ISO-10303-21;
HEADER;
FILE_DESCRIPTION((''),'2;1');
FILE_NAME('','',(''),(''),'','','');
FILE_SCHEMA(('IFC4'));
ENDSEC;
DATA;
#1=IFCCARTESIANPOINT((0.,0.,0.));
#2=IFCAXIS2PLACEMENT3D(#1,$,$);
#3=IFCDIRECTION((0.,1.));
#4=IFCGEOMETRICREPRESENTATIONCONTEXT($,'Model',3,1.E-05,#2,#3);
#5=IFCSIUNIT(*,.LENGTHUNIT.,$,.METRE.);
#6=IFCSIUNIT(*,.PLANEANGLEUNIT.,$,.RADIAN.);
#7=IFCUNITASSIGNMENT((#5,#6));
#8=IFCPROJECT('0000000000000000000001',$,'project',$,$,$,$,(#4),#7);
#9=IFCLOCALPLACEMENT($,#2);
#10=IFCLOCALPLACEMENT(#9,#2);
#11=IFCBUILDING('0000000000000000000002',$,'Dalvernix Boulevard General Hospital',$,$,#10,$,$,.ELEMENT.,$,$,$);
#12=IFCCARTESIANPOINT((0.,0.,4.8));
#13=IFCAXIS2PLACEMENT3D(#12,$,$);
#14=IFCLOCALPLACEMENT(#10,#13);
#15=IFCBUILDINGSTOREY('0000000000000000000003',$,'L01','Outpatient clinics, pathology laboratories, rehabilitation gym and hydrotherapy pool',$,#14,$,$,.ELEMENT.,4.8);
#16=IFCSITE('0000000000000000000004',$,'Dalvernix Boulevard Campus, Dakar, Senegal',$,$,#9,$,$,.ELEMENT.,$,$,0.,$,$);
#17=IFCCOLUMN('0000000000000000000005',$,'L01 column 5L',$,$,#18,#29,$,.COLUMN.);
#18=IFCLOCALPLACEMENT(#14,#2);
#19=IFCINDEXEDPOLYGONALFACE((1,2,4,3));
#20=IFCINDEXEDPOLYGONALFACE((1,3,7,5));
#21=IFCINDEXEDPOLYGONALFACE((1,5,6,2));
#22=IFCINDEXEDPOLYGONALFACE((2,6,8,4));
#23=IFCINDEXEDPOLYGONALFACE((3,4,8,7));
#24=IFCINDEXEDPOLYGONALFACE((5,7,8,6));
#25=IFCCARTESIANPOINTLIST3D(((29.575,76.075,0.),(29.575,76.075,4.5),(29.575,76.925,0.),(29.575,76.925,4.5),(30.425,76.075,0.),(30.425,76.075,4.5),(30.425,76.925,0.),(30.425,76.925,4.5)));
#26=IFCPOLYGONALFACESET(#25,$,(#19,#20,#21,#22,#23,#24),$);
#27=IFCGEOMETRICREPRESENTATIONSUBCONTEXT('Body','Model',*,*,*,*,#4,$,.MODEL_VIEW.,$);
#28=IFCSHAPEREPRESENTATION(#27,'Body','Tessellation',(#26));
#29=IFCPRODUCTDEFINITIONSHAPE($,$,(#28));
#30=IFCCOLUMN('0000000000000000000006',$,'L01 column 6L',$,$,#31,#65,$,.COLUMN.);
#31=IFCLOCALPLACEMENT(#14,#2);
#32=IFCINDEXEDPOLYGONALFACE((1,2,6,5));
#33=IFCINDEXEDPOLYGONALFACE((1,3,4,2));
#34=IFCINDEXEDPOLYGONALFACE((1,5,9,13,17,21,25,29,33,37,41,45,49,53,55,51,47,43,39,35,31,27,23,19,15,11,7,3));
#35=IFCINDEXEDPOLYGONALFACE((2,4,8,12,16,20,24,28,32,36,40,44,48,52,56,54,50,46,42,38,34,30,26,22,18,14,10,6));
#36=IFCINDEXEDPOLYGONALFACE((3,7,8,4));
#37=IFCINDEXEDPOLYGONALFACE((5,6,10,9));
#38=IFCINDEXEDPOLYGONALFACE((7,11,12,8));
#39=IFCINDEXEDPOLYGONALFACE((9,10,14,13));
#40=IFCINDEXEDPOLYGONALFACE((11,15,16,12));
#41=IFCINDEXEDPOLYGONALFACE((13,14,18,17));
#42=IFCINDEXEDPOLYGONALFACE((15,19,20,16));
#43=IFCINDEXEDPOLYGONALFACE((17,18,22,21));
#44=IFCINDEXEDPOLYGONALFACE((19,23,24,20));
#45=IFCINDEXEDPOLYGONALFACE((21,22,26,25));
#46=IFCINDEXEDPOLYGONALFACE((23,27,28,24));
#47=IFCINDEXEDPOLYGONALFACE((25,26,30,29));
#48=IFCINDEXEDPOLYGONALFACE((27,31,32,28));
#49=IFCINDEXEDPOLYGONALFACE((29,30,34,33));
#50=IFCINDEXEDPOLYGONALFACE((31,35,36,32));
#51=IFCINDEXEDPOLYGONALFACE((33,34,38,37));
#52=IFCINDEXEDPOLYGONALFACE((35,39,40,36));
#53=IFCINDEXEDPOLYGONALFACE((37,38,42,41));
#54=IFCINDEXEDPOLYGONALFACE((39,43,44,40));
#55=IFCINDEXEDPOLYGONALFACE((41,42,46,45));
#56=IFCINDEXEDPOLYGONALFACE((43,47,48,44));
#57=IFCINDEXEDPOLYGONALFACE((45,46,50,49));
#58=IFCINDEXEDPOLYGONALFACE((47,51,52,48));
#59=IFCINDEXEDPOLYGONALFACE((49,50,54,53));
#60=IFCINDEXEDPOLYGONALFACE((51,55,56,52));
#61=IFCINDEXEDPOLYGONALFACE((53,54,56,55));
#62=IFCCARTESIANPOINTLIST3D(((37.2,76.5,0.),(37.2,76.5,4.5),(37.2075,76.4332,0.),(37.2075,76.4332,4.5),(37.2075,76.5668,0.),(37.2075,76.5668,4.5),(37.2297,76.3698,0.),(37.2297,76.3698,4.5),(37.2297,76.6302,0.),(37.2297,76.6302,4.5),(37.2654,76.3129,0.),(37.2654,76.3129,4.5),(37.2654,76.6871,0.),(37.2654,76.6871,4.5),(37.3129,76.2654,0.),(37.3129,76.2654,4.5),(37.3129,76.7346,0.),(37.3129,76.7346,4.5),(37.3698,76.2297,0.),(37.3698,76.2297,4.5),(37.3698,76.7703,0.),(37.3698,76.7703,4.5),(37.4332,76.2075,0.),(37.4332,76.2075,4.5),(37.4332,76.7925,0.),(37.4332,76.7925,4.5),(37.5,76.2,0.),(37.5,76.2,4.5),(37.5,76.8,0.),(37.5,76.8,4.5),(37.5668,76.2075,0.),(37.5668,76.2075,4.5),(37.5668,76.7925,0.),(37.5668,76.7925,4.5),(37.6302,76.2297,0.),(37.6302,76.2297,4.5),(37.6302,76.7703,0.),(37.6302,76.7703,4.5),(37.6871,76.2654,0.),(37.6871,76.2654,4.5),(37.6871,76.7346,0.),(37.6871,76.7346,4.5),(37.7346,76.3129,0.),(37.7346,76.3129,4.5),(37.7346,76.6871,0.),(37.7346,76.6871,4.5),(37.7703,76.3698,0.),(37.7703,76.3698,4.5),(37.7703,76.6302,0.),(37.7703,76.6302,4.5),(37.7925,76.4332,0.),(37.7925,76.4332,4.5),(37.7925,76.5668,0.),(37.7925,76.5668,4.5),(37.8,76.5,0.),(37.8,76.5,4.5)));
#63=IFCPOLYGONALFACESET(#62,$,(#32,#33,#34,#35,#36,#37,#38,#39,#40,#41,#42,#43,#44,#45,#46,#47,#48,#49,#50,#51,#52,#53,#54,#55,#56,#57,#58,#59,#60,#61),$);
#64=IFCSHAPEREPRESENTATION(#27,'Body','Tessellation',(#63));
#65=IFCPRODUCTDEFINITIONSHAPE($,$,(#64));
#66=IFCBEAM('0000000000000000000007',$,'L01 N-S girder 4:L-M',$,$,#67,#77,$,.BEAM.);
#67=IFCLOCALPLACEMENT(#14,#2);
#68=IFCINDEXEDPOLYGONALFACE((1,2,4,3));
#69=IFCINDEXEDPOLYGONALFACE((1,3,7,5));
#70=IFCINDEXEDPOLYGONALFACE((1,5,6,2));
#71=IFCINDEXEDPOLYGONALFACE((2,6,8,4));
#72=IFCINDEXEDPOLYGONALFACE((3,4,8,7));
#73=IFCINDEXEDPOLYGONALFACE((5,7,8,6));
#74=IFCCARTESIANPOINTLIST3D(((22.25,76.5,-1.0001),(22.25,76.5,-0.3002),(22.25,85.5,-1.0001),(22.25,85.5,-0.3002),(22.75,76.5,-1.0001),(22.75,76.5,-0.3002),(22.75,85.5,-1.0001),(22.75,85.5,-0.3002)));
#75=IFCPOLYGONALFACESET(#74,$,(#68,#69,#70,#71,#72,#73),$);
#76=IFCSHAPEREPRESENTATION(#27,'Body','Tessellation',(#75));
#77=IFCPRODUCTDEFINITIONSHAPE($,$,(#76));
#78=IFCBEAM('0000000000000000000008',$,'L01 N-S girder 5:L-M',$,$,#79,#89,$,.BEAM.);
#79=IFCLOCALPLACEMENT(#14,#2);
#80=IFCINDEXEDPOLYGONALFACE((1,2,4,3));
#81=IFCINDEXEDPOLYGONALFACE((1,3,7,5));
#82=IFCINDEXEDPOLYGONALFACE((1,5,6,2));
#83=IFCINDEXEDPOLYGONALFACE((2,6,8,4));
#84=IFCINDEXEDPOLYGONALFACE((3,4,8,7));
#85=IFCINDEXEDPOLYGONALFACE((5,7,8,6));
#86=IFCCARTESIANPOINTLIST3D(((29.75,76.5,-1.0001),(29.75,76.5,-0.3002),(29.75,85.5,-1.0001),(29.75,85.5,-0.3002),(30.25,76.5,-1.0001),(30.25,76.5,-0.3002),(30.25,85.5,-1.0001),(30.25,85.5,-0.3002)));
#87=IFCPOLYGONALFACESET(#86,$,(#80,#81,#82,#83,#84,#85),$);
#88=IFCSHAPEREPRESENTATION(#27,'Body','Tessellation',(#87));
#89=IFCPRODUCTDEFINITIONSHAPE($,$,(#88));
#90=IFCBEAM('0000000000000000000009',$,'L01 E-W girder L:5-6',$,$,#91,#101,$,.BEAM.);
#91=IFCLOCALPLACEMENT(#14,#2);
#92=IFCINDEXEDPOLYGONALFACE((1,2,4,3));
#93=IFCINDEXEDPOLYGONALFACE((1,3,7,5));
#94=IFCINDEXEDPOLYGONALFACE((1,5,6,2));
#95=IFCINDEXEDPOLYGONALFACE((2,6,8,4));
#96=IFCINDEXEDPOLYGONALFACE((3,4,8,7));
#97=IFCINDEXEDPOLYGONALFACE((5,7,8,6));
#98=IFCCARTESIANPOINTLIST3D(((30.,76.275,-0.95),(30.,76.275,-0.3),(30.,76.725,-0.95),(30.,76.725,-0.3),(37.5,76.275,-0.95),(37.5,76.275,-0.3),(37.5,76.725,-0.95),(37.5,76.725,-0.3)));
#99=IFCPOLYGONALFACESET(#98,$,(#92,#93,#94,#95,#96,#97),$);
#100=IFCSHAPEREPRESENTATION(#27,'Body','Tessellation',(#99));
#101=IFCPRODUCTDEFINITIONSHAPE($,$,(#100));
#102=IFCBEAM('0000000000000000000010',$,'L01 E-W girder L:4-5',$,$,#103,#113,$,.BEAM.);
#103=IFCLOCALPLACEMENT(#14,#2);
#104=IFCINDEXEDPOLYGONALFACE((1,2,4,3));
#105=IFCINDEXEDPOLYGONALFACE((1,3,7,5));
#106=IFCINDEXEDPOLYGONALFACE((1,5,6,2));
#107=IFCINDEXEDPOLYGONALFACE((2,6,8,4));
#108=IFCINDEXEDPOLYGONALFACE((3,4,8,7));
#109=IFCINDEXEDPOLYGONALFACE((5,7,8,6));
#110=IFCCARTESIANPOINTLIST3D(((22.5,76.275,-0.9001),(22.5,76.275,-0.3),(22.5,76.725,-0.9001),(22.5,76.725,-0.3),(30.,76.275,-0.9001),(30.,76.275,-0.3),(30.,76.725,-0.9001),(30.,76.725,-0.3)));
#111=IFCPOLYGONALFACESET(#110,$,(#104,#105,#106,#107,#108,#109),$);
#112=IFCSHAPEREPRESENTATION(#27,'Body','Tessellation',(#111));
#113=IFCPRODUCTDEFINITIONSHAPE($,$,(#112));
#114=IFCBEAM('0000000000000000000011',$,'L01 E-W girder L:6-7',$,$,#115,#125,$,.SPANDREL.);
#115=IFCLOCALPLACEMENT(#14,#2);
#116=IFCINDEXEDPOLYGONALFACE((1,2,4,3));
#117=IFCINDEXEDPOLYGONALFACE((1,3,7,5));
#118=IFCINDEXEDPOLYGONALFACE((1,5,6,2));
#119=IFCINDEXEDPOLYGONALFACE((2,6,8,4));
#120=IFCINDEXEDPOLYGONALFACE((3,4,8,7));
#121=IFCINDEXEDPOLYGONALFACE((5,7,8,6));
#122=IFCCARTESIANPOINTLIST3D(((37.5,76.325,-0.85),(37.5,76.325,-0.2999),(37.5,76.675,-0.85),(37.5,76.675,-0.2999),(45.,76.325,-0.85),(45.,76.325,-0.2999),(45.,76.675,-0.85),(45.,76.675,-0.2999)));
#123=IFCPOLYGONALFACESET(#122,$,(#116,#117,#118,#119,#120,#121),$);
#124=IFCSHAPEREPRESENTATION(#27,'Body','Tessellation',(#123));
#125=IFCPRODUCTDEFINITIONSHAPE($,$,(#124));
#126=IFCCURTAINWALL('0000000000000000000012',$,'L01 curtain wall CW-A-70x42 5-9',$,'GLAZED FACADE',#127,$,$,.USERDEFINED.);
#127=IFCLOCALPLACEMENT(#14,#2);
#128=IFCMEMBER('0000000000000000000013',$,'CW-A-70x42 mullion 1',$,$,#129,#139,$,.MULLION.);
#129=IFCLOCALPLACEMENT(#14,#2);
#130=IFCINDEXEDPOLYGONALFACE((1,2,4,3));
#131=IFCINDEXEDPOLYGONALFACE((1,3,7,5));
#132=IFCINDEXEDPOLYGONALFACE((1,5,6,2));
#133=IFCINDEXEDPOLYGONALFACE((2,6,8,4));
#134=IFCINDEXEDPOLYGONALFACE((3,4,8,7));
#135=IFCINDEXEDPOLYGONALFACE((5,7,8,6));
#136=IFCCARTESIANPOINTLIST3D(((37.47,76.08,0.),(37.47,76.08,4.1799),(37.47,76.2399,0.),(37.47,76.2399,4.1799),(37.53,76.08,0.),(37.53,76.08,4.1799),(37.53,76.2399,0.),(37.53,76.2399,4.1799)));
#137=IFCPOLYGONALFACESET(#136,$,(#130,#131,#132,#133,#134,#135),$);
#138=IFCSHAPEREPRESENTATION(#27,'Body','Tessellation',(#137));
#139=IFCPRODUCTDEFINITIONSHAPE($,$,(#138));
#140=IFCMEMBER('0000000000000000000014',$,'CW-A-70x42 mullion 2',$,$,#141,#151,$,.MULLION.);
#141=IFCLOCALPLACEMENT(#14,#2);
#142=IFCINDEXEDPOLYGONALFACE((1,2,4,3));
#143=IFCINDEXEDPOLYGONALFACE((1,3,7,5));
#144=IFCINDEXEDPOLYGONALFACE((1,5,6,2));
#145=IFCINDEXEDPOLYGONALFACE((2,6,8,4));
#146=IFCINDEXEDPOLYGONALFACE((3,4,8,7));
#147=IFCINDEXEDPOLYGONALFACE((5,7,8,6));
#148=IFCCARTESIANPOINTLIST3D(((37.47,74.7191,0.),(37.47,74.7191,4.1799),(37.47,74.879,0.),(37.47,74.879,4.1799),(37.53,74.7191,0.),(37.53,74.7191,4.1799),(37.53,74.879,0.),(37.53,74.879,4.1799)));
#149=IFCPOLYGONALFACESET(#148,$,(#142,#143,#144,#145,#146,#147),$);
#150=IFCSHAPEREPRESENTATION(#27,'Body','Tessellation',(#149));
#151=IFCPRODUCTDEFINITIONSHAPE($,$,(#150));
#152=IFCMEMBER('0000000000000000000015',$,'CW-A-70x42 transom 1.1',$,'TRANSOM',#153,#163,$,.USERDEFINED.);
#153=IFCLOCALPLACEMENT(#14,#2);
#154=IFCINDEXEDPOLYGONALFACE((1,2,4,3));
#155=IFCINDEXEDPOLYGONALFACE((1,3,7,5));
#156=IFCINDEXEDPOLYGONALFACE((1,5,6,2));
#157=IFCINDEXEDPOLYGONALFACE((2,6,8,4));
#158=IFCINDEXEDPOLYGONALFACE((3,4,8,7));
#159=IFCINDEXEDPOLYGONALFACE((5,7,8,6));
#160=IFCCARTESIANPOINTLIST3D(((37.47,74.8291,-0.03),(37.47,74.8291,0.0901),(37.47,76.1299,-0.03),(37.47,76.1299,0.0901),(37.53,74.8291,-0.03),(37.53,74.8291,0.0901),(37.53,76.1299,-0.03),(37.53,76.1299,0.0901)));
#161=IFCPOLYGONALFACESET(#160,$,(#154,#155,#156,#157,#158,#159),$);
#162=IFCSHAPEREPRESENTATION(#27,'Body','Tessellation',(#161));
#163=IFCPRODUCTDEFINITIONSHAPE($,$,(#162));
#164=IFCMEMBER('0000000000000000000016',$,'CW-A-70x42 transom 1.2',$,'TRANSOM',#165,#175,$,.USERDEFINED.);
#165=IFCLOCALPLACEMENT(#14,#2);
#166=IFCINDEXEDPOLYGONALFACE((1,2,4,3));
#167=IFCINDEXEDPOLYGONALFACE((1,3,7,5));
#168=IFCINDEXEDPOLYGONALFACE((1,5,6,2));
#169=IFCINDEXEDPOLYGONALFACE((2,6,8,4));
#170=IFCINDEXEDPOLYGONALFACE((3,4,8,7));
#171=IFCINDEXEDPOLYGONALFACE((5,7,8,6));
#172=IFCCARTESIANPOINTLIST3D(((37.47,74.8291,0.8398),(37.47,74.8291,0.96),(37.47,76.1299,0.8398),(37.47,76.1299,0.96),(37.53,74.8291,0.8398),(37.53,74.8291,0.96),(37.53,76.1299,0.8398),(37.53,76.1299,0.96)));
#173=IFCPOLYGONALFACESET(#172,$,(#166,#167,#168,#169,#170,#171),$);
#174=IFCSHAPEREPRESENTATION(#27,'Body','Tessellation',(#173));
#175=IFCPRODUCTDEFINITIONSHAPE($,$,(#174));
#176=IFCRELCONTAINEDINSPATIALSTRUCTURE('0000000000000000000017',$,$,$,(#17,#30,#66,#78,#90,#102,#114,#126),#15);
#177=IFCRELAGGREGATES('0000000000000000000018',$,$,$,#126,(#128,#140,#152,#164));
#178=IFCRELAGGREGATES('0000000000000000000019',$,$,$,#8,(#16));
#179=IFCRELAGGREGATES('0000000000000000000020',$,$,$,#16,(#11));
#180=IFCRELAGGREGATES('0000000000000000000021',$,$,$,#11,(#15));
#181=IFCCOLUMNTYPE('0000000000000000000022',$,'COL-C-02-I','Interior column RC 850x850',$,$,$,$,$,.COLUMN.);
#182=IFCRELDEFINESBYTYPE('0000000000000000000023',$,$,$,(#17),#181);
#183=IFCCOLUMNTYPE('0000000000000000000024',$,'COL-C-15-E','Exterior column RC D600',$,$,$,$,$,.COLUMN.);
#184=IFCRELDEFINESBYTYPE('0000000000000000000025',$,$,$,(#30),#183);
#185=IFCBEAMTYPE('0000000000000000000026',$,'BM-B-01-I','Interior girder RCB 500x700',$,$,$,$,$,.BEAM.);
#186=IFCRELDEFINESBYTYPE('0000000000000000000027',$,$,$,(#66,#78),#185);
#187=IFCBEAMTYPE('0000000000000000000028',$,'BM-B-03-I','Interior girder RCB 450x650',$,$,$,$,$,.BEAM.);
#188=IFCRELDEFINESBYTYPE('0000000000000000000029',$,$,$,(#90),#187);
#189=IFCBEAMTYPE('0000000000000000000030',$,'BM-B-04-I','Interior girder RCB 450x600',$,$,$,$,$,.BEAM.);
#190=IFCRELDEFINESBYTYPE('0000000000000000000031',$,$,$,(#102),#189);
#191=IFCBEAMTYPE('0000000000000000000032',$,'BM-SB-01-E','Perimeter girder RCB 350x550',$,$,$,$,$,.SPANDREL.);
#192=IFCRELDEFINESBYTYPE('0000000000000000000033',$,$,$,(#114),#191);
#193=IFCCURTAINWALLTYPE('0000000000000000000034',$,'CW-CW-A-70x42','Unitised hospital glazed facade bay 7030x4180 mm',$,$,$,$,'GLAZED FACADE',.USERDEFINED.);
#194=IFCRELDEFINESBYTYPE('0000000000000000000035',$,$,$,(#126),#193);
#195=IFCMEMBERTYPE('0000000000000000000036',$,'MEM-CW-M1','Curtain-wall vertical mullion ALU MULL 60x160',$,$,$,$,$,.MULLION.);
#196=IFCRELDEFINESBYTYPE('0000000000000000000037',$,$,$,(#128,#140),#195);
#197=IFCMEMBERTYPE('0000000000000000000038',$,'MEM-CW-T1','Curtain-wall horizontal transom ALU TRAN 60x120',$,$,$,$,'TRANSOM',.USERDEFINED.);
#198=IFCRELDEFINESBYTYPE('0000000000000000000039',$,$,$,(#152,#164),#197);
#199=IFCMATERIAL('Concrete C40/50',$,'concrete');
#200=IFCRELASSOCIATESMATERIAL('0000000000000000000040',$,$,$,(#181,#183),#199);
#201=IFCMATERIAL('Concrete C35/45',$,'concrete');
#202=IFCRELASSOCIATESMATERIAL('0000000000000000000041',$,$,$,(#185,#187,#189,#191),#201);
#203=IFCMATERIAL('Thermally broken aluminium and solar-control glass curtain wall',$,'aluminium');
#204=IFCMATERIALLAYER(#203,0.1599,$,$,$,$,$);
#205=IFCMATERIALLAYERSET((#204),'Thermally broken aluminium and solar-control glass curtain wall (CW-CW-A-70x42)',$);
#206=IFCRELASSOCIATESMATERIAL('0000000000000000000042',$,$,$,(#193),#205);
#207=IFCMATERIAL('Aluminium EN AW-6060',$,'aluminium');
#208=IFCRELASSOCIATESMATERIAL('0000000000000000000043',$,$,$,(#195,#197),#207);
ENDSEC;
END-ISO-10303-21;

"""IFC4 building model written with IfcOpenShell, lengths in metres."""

from ifc_helpers import new_model, si_unit, direction, frame, origin, origin_2d, place, context, subcontext, project, spatial, rectangle, circle, extrude, material, layer, layer_set, material_profile, profile_set, type_object, element, aggregate, save


model = new_model("IFC4")

# Units and contexts
model_context = context("Model", 3, precision=1e-05, world=origin(), true_north=direction((0.0, 1.0)))
body_context = subcontext(model_context, "Body", "Model", "MODEL_VIEW")
ifc_project = project(units=[si_unit("LENGTHUNIT", "METRE"), si_unit("PLANEANGLEUNIT", "RADIAN")], contexts=[model_context])

# Site, building, storey
site_placement = place(None, origin())
site = spatial("IfcSite", under=ifc_project, at=site_placement, Name="Dalvernix Boulevard Campus, Dakar, Senegal", CompositionType="ELEMENT", RefElevation=0.0)
building_placement = place(site_placement, origin())
building = spatial("IfcBuilding", under=site, at=building_placement, Name="Dalvernix Boulevard General Hospital", CompositionType="ELEMENT")
storey_placement = place(building_placement, frame((0.0, 0.0, 4.8)))
storey = spatial("IfcBuildingStorey", under=building, at=storey_placement, Name="L01", Description="Outpatient clinics, pathology laboratories, rehabilitation gym and hydrotherapy pool", CompositionType="ELEMENT", Elevation=4.8)

# Columns
ifc_material_1 = material(Name="Concrete C40/50", Category="concrete")
ifc_material_profile_1 = material_profile(ifc_material_1, rectangle(XDim=0.8501, YDim=0.8501, at=origin_2d()), Name="RC 850x850")
ifc_profile_set_1 = profile_set([ifc_material_profile_1], Name="Concrete C40/50")
column_type_1 = type_object("IfcColumnType", Name="COL-C-02-I", Description="Interior column RC 850x850", PredefinedType="COLUMN", material=ifc_profile_set_1)
column_1_placement = place(storey_placement, frame((30.0, 76.5, 0.0), z_axis=(0.0, 0.0, 1.0), x_axis=(1.0, 0.0, 0.0)))
element("IfcColumn", 1, at=column_1_placement, inside=storey, type_object=column_type_1, Name="L01 column 5L", PredefinedType="COLUMN", context=body_context, shape_type="SweptSolid", body=[
    extrude(rectangle(XDim=0.8501, YDim=0.8501, at=origin_2d()), origin(), (0.0, 0.0, 1.0), 4.5),
])
ifc_material_profile_2 = material_profile(ifc_material_1, circle(Radius=0.3, at=origin_2d()), Name="RC D600")
ifc_profile_set_2 = profile_set([ifc_material_profile_2], Name="Concrete C40/50")
column_type_2 = type_object("IfcColumnType", Name="COL-C-15-E", Description="Exterior column RC D600", PredefinedType="COLUMN", material=ifc_profile_set_2)
column_2_placement = place(storey_placement, frame((37.5, 76.5, 0.0), z_axis=(0.0, 0.0, 1.0), x_axis=(1.0, 0.0, 0.0)))
element("IfcColumn", 2, at=column_2_placement, inside=storey, type_object=column_type_2, Name="L01 column 6L", PredefinedType="COLUMN", context=body_context, shape_type="SweptSolid", body=[
    extrude(circle(Radius=0.3, at=origin_2d()), origin(), (0.0, 0.0, 1.0), 4.5),
])

# Beams
ifc_material_2 = material(Name="Concrete C35/45", Category="concrete")
ifc_material_profile_3 = material_profile(ifc_material_2, rectangle(XDim=0.5, YDim=0.7, at=origin_2d()), Name="RCB 500x700")
ifc_profile_set_3 = profile_set([ifc_material_profile_3], Name="Concrete C35/45")
beam_type_1 = type_object("IfcBeamType", Name="BM-B-01-I", Description="Interior girder RCB 500x700", PredefinedType="BEAM", material=ifc_profile_set_3)
for number, where, z_axis, x_axis, name in (
    (3, (22.5, 76.5, -0.6501), (0.0, 1.0, 0.0), (-1.0, 0.0, 0.0), "L01 N-S girder 4:L-M"),
    (4, (30.0, 76.5, -0.6501), (0.0, 1.0, 0.0), (-1.0, 0.0, 0.0), "L01 N-S girder 5:L-M"),
):
    element("IfcBeam", number, at=place(storey_placement, frame(where, z_axis=z_axis, x_axis=x_axis)), inside=storey, type_object=beam_type_1, Name=name, PredefinedType="BEAM", context=body_context, shape_type="SweptSolid", body=[
        extrude(rectangle(XDim=0.5, YDim=0.7, at=origin_2d()), origin(), (0.0, 0.0, 1.0), 9.0),
    ])
ifc_material_profile_4 = material_profile(ifc_material_2, rectangle(XDim=0.45, YDim=0.6499, at=origin_2d()), Name="RCB 450x650")
ifc_profile_set_4 = profile_set([ifc_material_profile_4], Name="Concrete C35/45")
beam_type_2 = type_object("IfcBeamType", Name="BM-B-03-I", Description="Interior girder RCB 450x650", PredefinedType="BEAM", material=ifc_profile_set_4)
beam_1_placement = place(storey_placement, frame((30.0, 76.5, -0.625), z_axis=(1.0, 0.0, 0.0), x_axis=(0.0, 1.0, 0.0)))
element("IfcBeam", 5, at=beam_1_placement, inside=storey, type_object=beam_type_2, Name="L01 E-W girder L:5-6", PredefinedType="BEAM", context=body_context, shape_type="SweptSolid", body=[
    extrude(rectangle(XDim=0.45, YDim=0.6499, at=origin_2d()), origin(), (0.0, 0.0, 1.0), 7.5),
])
ifc_material_profile_5 = material_profile(ifc_material_2, rectangle(XDim=0.45, YDim=0.6001, at=origin_2d()), Name="RCB 450x600")
ifc_profile_set_5 = profile_set([ifc_material_profile_5], Name="Concrete C35/45")
beam_type_3 = type_object("IfcBeamType", Name="BM-B-04-I", Description="Interior girder RCB 450x600", PredefinedType="BEAM", material=ifc_profile_set_5)
beam_2_placement = place(storey_placement, frame((22.5, 76.5, -0.6001), z_axis=(1.0, 0.0, 0.0), x_axis=(0.0, 1.0, 0.0)))
element("IfcBeam", 6, at=beam_2_placement, inside=storey, type_object=beam_type_3, Name="L01 E-W girder L:4-5", PredefinedType="BEAM", context=body_context, shape_type="SweptSolid", body=[
    extrude(rectangle(XDim=0.45, YDim=0.6001, at=origin_2d()), origin(), (0.0, 0.0, 1.0), 7.5),
])
ifc_material_profile_6 = material_profile(ifc_material_2, rectangle(XDim=0.3501, YDim=0.55, at=origin_2d()), Name="RCB 350x550")
ifc_profile_set_6 = profile_set([ifc_material_profile_6], Name="Concrete C35/45")
beam_type_4 = type_object("IfcBeamType", Name="BM-SB-01-E", Description="Perimeter girder RCB 350x550", PredefinedType="SPANDREL", material=ifc_profile_set_6)
beam_3_placement = place(storey_placement, frame((37.5, 76.5, -0.575), z_axis=(1.0, 0.0, 0.0), x_axis=(0.0, 1.0, 0.0)))
element("IfcBeam", 7, at=beam_3_placement, inside=storey, type_object=beam_type_4, Name="L01 E-W girder L:6-7", PredefinedType="SPANDREL", context=body_context, shape_type="SweptSolid", body=[
    extrude(rectangle(XDim=0.3501, YDim=0.55, at=origin_2d()), origin(), (0.0, 0.0, 1.0), 7.5),
])

# Curtain wall, members
ifc_material_3 = material(Name="Thermally broken aluminium and solar-control glass curtain wall", Category="aluminium")
ifc_layer_1 = layer(ifc_material_3, 0.1599)
ifc_layer_set_1 = layer_set([ifc_layer_1], Name="Thermally broken aluminium and solar-control glass curtain wall (CW-CW-A-70x42)")
curtain_wall_type = type_object("IfcCurtainWallType", Name="CW-CW-A-70x42", Description="Unitised hospital glazed facade bay 7030x4180 mm", ElementType="GLAZED FACADE", PredefinedType="USERDEFINED", material=ifc_layer_set_1)
curtain_wall_placement = place(storey_placement, origin())
curtain_wall = element("IfcCurtainWall", 8, at=curtain_wall_placement, inside=storey, type_object=curtain_wall_type, Name="L01 curtain wall CW-A-70x42 5-9", ObjectType="GLAZED FACADE", PredefinedType="USERDEFINED")
ifc_material_4 = material(Name="Aluminium EN AW-6060", Category="aluminium")
ifc_material_profile_7 = material_profile(ifc_material_4, rectangle(XDim=0.0601, YDim=0.1599, at=origin_2d()), Name="ALU MULL 60x160")
ifc_profile_set_7 = profile_set([ifc_material_profile_7], Name="Aluminium EN AW-6060")
member_type_1 = type_object("IfcMemberType", Name="MEM-CW-M1", Description="Curtain-wall vertical mullion ALU MULL 60x160", PredefinedType="MULLION", material=ifc_profile_set_7)
member_1_placement = place(storey_placement, frame((37.5, 76.1599, 0.0), z_axis=(0.0, 0.0, 1.0), x_axis=(1.0, 0.0, 0.0)))
member_1 = element("IfcMember", 9, at=member_1_placement, type_object=member_type_1, Name="CW-A-70x42 mullion 1", PredefinedType="MULLION", context=body_context, shape_type="SweptSolid", body=[
    extrude(rectangle(XDim=0.0601, YDim=0.1599, at=origin_2d()), origin(), (0.0, 0.0, 1.0), 4.1799),
])
member_2_placement = place(storey_placement, frame((37.5, 74.7991, 0.0), z_axis=(0.0, 0.0, 1.0), x_axis=(1.0, 0.0, 0.0)))
member_2 = element("IfcMember", 10, at=member_2_placement, type_object=member_type_1, Name="CW-A-70x42 mullion 2", PredefinedType="MULLION", context=body_context, shape_type="SweptSolid", body=[
    extrude(rectangle(XDim=0.0601, YDim=0.1599, at=origin_2d()), origin(), (0.0, 0.0, 1.0), 4.1799),
])
ifc_material_profile_8 = material_profile(ifc_material_4, rectangle(XDim=0.0601, YDim=0.1201, at=origin_2d()), Name="ALU TRAN 60x120")
ifc_profile_set_8 = profile_set([ifc_material_profile_8], Name="Aluminium EN AW-6060")
member_type_2 = type_object("IfcMemberType", Name="MEM-CW-T1", Description="Curtain-wall horizontal transom ALU TRAN 60x120", ElementType="TRANSOM", PredefinedType="USERDEFINED", material=ifc_profile_set_8)
member_3_placement = place(storey_placement, frame((37.5, 76.1299, 0.03), z_axis=(0.0, -1.0, 0.0), x_axis=(1.0, 0.0, 0.0)))
member_3 = element("IfcMember", 11, at=member_3_placement, type_object=member_type_2, Name="CW-A-70x42 transom 1.1", ObjectType="TRANSOM", PredefinedType="USERDEFINED", context=body_context, shape_type="SweptSolid", body=[
    extrude(rectangle(XDim=0.0601, YDim=0.1201, at=origin_2d()), origin(), (0.0, 0.0, 1.0), 1.3008),
])
member_4_placement = place(storey_placement, frame((37.5, 76.1299, 0.8999), z_axis=(0.0, -1.0, 0.0), x_axis=(1.0, 0.0, 0.0)))
member_4 = element("IfcMember", 12, at=member_4_placement, type_object=member_type_2, Name="CW-A-70x42 transom 1.2", ObjectType="TRANSOM", PredefinedType="USERDEFINED", context=body_context, shape_type="SweptSolid", body=[
    extrude(rectangle(XDim=0.0601, YDim=0.1201, at=origin_2d()), origin(), (0.0, 0.0, 1.0), 1.3008),
])
aggregate(curtain_wall, [member_1, member_2, member_3, member_4])

save(model, "model.ifc")
